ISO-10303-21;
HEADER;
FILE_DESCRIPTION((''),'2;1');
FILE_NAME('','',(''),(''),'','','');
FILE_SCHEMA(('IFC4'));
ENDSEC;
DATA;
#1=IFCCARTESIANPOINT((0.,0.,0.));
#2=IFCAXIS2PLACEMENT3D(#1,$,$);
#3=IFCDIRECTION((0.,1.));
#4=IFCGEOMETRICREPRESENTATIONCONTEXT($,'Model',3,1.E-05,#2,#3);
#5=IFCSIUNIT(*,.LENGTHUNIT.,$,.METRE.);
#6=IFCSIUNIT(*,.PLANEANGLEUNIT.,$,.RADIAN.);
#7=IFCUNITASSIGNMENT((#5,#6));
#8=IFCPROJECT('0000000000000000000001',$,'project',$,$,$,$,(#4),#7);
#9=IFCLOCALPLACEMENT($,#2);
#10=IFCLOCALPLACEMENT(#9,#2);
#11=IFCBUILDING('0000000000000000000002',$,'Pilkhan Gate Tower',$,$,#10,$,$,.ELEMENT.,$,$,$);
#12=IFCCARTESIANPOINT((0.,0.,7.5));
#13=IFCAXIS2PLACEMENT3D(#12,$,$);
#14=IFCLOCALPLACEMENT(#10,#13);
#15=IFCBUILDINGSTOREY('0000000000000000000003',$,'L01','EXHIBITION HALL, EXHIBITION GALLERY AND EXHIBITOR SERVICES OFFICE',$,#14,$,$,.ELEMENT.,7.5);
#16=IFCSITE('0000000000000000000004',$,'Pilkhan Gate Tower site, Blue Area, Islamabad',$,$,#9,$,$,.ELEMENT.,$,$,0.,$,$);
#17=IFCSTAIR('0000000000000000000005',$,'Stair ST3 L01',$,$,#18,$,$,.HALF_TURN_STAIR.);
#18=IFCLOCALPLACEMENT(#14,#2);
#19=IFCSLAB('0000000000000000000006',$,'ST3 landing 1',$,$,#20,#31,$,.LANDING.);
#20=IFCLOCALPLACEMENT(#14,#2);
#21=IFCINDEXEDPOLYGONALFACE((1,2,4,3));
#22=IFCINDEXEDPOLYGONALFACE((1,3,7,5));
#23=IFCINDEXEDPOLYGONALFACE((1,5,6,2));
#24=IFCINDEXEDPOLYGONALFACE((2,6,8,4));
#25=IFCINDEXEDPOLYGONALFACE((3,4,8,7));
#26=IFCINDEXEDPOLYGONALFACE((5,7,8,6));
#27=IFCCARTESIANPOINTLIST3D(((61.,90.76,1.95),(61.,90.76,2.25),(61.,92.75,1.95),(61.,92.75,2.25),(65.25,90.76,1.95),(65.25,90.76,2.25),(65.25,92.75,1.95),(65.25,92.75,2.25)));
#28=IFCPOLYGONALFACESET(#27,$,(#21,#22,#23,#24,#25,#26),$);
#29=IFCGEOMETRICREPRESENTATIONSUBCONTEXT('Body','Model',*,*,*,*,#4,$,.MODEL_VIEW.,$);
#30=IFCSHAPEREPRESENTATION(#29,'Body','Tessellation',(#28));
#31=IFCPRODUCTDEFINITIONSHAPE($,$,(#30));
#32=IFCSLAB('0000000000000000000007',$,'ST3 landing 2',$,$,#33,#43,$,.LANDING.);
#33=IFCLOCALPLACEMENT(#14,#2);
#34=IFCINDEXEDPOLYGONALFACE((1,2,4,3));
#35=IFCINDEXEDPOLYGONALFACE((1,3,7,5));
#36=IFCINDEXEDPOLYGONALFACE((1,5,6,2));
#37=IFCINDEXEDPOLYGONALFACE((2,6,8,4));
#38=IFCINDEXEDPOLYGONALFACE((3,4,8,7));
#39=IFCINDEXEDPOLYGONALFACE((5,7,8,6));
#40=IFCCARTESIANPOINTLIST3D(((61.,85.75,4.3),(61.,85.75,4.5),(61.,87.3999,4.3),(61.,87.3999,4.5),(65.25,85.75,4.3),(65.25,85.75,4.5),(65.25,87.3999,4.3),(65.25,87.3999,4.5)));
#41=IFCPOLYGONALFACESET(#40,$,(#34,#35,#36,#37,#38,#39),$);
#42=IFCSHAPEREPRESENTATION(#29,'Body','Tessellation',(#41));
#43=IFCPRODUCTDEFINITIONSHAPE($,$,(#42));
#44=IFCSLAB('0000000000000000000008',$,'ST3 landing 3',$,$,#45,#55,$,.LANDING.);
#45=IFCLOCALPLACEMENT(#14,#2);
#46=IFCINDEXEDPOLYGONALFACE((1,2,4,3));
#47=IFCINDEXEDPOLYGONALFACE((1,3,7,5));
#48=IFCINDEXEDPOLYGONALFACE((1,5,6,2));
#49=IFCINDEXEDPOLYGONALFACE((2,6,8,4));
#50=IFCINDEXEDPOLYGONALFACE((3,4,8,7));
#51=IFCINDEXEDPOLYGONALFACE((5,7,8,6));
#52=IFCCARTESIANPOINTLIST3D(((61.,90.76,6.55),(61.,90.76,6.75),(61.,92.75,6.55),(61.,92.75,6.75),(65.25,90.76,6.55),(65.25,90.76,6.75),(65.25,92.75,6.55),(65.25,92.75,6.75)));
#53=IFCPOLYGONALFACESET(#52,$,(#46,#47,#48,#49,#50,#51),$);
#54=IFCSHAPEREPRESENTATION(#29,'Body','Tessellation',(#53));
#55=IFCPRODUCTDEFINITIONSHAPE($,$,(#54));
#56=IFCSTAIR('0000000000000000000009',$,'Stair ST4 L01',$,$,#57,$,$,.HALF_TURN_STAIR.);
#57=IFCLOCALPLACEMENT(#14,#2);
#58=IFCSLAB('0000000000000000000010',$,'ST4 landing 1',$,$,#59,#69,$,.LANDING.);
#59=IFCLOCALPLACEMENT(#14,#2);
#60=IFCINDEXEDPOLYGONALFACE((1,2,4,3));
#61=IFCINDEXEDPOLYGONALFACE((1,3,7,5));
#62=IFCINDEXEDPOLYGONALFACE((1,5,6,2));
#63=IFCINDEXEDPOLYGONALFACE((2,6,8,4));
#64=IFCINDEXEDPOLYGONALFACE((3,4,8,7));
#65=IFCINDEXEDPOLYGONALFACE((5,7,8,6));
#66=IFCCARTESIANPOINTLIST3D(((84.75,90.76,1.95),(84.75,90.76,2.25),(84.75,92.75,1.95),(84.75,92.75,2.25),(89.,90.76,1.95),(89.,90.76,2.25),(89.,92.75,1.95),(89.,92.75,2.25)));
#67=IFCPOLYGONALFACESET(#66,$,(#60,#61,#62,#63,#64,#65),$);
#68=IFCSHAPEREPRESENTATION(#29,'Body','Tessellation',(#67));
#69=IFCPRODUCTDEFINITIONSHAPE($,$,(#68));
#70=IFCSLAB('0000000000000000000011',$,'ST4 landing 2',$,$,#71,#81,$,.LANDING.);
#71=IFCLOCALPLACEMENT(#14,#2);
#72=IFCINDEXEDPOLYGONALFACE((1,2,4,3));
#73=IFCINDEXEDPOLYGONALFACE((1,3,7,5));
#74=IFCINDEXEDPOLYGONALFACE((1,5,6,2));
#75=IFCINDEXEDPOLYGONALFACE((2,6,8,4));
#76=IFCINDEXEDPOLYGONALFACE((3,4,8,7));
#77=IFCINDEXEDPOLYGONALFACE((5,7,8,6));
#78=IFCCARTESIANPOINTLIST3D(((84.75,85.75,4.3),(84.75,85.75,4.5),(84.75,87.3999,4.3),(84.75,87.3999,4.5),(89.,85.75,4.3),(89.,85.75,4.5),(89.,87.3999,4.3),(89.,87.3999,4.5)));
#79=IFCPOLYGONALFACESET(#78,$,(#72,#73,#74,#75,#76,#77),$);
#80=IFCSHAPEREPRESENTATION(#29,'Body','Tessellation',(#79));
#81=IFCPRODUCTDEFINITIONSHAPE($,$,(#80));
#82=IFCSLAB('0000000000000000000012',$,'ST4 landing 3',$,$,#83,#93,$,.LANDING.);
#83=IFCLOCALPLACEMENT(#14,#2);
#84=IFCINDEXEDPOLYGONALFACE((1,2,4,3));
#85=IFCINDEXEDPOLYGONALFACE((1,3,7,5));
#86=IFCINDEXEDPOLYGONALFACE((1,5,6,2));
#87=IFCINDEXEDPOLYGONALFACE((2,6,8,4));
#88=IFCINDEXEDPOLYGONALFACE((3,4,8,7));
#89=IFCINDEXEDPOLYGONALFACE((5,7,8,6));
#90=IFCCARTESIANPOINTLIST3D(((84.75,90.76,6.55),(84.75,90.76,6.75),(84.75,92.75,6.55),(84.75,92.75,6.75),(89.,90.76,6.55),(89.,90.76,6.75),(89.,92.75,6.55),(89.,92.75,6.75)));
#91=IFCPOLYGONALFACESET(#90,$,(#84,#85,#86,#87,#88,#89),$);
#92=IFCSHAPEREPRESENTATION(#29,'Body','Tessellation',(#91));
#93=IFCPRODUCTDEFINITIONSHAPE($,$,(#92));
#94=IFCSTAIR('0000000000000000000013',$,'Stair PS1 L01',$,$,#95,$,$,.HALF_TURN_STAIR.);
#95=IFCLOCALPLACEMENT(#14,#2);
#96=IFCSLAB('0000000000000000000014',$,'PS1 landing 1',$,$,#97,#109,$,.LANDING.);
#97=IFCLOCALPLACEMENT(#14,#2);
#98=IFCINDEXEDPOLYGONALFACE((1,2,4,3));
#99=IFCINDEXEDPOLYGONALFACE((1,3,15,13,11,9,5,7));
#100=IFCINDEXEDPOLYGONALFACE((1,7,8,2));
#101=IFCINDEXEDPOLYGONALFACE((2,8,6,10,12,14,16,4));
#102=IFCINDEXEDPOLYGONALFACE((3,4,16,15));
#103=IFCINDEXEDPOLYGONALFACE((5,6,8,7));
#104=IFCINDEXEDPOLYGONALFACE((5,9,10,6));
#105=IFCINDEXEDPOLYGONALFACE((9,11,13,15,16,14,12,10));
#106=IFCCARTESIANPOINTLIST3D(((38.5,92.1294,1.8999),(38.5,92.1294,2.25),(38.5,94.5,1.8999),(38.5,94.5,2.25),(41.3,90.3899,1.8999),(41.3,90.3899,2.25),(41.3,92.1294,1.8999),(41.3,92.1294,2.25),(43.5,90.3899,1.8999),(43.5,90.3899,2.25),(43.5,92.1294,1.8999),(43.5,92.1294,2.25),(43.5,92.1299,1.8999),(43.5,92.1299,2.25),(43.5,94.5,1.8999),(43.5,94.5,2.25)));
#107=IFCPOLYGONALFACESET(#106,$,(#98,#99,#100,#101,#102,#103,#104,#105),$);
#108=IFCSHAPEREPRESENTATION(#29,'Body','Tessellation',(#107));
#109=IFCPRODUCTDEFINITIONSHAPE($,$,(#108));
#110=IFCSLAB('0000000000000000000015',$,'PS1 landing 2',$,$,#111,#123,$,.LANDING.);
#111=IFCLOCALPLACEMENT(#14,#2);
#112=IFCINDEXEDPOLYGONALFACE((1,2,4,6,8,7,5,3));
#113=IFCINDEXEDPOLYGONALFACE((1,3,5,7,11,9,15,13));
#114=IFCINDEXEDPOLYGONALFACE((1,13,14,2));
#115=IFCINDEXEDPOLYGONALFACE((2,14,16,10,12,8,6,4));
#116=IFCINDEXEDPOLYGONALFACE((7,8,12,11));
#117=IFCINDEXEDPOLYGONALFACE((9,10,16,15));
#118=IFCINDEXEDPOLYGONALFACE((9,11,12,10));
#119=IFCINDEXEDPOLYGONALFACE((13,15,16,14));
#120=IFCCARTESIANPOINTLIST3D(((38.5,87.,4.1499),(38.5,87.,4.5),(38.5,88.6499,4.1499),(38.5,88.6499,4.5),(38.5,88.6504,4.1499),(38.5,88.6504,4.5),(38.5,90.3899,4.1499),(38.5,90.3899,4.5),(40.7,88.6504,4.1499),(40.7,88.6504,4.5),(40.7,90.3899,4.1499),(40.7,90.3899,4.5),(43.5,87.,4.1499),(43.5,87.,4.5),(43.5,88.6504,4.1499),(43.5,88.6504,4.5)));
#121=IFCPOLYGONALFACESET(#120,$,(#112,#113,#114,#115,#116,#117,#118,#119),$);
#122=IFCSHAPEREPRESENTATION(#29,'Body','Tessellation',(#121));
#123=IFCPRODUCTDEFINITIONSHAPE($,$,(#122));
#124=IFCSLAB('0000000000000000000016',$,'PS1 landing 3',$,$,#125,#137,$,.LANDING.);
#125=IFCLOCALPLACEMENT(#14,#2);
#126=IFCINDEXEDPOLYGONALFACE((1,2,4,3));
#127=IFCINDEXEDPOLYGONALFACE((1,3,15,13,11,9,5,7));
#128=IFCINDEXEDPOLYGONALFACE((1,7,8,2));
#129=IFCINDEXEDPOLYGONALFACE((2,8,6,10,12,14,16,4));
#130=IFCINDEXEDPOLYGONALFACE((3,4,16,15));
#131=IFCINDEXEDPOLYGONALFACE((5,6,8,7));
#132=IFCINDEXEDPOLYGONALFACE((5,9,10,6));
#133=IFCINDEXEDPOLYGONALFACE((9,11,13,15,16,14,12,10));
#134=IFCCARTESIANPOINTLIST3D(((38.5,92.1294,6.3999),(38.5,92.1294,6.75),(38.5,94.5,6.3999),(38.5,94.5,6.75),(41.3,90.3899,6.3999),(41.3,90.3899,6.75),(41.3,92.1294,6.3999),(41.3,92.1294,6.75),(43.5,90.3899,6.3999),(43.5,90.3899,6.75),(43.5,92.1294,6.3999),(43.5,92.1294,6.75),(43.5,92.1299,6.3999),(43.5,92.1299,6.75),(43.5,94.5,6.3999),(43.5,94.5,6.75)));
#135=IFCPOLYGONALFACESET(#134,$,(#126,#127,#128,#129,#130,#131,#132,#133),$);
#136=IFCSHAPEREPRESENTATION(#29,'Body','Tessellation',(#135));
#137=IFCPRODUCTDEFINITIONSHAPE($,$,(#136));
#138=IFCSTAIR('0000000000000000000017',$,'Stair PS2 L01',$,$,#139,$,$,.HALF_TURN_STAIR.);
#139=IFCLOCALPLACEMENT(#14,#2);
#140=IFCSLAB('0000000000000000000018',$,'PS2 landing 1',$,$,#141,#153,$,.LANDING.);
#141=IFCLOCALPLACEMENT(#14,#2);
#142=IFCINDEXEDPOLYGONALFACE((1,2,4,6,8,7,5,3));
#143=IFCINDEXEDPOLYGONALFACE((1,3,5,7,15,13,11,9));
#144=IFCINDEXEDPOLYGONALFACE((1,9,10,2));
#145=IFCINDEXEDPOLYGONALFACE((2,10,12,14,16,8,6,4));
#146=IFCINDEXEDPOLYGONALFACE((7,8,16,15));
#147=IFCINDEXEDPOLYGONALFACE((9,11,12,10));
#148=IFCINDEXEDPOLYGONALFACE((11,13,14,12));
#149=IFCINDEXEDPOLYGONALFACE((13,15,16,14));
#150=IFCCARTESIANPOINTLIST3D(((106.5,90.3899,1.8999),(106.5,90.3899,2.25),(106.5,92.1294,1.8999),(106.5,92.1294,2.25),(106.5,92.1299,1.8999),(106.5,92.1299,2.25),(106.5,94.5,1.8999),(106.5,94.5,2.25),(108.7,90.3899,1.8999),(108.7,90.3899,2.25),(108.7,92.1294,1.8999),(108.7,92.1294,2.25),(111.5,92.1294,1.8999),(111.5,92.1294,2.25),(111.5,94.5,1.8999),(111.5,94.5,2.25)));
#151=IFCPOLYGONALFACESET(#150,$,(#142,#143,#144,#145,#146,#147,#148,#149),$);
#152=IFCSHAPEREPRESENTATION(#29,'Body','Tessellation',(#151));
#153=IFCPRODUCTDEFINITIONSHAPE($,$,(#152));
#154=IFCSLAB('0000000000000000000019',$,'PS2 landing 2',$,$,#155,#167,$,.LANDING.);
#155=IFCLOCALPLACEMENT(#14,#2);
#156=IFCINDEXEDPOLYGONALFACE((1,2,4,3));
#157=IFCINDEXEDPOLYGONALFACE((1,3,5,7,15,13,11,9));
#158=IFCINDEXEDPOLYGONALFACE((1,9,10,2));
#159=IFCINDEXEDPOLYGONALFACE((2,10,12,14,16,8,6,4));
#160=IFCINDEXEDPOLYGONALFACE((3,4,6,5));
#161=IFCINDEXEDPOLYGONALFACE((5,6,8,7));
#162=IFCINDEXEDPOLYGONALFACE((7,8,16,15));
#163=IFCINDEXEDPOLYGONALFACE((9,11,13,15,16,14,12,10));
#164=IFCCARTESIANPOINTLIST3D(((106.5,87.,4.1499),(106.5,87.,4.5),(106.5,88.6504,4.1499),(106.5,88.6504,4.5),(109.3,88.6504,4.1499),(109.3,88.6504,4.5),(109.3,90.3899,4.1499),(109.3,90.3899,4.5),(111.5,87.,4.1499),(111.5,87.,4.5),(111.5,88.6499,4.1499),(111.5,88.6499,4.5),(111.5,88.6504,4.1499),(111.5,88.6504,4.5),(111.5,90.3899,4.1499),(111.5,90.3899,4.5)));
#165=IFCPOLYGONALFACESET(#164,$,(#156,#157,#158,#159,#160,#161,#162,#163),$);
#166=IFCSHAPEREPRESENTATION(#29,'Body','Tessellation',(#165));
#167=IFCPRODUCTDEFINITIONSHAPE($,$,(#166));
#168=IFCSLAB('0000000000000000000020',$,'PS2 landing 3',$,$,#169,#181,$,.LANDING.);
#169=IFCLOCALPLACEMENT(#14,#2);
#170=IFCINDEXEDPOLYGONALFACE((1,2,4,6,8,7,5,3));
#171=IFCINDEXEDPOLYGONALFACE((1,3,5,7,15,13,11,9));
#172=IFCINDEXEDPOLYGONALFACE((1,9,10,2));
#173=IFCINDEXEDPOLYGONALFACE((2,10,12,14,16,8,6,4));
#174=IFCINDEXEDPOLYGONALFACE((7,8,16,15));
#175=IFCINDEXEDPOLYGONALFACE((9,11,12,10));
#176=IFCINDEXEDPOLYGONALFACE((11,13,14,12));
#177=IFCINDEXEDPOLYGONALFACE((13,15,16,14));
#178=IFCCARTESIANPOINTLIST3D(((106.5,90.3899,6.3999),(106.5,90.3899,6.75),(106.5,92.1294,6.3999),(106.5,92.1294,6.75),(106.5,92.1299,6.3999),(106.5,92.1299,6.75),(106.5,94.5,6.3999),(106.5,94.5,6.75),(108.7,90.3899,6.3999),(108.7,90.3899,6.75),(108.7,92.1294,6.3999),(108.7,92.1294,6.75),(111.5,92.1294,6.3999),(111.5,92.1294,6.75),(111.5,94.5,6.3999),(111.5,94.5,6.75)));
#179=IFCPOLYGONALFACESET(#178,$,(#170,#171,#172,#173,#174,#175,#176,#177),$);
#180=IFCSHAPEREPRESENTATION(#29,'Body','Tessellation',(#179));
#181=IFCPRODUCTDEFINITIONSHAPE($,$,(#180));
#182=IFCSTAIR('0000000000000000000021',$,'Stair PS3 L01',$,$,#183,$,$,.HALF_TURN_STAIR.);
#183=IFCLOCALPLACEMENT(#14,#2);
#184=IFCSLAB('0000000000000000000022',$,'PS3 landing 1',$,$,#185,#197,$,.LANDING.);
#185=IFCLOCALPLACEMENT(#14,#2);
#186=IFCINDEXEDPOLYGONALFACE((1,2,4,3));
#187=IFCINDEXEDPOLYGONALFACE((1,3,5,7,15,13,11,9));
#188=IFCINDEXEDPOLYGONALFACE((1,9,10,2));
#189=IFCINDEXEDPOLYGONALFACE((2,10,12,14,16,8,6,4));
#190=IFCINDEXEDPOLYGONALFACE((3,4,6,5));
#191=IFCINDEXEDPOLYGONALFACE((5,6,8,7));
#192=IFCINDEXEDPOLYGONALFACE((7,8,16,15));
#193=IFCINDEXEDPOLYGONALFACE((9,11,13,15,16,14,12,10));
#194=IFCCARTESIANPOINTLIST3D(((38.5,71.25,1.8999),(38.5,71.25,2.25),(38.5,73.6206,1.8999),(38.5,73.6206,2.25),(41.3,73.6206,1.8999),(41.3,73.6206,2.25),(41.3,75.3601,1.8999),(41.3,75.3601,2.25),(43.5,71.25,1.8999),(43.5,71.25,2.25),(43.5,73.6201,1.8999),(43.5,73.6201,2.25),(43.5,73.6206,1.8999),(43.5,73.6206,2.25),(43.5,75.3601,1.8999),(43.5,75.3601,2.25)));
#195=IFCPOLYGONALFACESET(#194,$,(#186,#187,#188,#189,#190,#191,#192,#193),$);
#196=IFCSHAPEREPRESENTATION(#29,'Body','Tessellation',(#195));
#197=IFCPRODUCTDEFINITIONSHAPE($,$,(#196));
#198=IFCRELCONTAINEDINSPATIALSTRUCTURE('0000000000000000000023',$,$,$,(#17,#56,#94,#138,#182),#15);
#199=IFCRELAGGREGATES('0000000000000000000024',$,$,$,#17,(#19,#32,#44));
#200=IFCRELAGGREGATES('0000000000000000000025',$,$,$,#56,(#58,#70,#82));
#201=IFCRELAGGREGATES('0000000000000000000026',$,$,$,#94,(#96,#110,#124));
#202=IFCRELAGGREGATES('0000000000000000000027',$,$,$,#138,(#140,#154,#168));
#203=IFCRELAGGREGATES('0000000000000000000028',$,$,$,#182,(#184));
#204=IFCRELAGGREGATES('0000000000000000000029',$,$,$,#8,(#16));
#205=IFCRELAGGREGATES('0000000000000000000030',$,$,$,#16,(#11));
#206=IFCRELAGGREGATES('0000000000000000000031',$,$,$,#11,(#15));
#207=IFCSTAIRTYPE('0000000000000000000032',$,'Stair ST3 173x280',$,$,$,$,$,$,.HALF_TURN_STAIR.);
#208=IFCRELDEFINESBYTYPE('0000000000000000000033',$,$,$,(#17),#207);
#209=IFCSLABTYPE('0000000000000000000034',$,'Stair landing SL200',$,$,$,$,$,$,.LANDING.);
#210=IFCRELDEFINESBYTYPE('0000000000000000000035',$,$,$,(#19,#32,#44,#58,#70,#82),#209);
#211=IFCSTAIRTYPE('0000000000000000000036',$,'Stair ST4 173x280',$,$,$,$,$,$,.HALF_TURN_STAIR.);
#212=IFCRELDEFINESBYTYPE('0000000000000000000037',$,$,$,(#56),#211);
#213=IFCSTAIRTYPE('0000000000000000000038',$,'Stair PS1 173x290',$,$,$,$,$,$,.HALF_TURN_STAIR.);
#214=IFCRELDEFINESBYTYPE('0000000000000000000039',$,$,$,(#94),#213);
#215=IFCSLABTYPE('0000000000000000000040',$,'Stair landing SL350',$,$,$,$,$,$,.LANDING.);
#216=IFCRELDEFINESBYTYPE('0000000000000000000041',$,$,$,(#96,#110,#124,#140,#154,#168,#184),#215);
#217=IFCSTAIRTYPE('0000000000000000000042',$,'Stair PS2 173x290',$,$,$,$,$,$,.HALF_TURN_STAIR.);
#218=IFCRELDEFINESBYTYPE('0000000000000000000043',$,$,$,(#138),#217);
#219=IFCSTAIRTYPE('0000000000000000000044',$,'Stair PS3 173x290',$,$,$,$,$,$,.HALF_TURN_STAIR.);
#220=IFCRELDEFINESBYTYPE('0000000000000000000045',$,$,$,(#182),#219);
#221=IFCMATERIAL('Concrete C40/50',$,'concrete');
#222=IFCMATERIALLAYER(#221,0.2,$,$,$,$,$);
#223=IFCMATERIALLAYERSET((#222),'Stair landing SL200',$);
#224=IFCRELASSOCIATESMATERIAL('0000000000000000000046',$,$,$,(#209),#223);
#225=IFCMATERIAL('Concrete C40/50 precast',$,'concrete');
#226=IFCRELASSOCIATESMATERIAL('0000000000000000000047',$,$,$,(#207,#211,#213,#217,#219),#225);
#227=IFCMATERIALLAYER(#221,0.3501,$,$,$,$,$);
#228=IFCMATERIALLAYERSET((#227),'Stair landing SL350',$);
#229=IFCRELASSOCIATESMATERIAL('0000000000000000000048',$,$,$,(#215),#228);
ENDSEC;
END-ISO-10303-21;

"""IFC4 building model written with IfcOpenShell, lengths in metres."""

from ifc_helpers import new_model, si_unit, direction, frame, origin, place, context, subcontext, project, spatial, polyline, outline, extrude, material, layer, layer_set, type_object, element, aggregate, save


model = new_model("IFC4")

# Units and contexts
model_context = context("Model", 3, precision=1e-05, world=origin(), true_north=direction((0.0, 1.0)))
body_context = subcontext(model_context, "Body", "Model", "MODEL_VIEW")
ifc_project = project(units=[si_unit("LENGTHUNIT", "METRE"), si_unit("PLANEANGLEUNIT", "RADIAN")], contexts=[model_context])

# Site, building, storey
site_placement = place(None, origin())
site = spatial("IfcSite", under=ifc_project, at=site_placement, Name="Pilkhan Gate Tower site, Blue Area, Islamabad", CompositionType="ELEMENT", RefElevation=0.0)
building_placement = place(site_placement, origin())
building = spatial("IfcBuilding", under=site, at=building_placement, Name="Pilkhan Gate Tower", CompositionType="ELEMENT")
storey_placement = place(building_placement, frame((0.0, 0.0, 7.5)))
storey = spatial("IfcBuildingStorey", under=building, at=storey_placement, Name="L01", Description="EXHIBITION HALL, EXHIBITION GALLERY AND EXHIBITOR SERVICES OFFICE", CompositionType="ELEMENT", Elevation=7.5)

# Shared definitions
ifc_material_1 = material(Name="Concrete C40/50", Category="concrete")

# Stairs, slabs
ifc_material_2 = material(Name="Concrete C40/50 precast", Category="concrete")
ifc_layer_1 = layer(ifc_material_1, 0.2)
ifc_layer_set_1 = layer_set([ifc_layer_1], Name="Stair landing SL200")
slab_type_1 = type_object("IfcSlabType", Name="Stair landing SL200", PredefinedType="LANDING", material=ifc_layer_set_1)
stair_type_1 = type_object("IfcStairType", Name="Stair ST3 173x280", PredefinedType="HALF_TURN_STAIR", material=ifc_material_2)
stair_1_placement = place(storey_placement, origin())
stair_1 = element("IfcStair", 1, at=stair_1_placement, inside=storey, type_object=stair_type_1, Name="Stair ST3 L01", PredefinedType="HALF_TURN_STAIR")
slab_1_placement = place(storey_placement, frame((0.0, 0.0, 1.95)))
slab_1 = element("IfcSlab", 2, at=slab_1_placement, type_object=slab_type_1, Name="ST3 landing 1", PredefinedType="LANDING", context=body_context, shape_type="SweptSolid", body=[
    extrude(outline(polyline([(65.25, 90.76), (65.25, 92.75), (61.0, 92.75), (61.0, 90.76), (65.25, 90.76)])), origin(), (0.0, 0.0, 1.0), 0.3),
])
slab_2_placement = place(storey_placement, frame((0.0, 0.0, 4.3)))
slab_2 = element("IfcSlab", 3, at=slab_2_placement, type_object=slab_type_1, Name="ST3 landing 2", PredefinedType="LANDING", context=body_context, shape_type="SweptSolid", body=[
    extrude(outline(polyline([(65.25, 85.75), (65.25, 87.3999), (61.0, 87.3999), (61.0, 85.75), (65.25, 85.75)])), origin(), (0.0, 0.0, 1.0), 0.2),
])
slab_3_placement = place(storey_placement, frame((0.0, 0.0, 6.55)))
slab_3 = element("IfcSlab", 4, at=slab_3_placement, type_object=slab_type_1, Name="ST3 landing 3", PredefinedType="LANDING", context=body_context, shape_type="SweptSolid", body=[
    extrude(outline(polyline([(65.25, 90.76), (65.25, 92.75), (61.0, 92.75), (61.0, 90.76), (65.25, 90.76)])), origin(), (0.0, 0.0, 1.0), 0.2),
])
aggregate(stair_1, [slab_1, slab_2, slab_3])
stair_type_2 = type_object("IfcStairType", Name="Stair ST4 173x280", PredefinedType="HALF_TURN_STAIR", material=ifc_material_2)
stair_2_placement = place(storey_placement, origin())
stair_2 = element("IfcStair", 5, at=stair_2_placement, inside=storey, type_object=stair_type_2, Name="Stair ST4 L01", PredefinedType="HALF_TURN_STAIR")
slab_4_placement = place(storey_placement, frame((0.0, 0.0, 1.95)))
slab_4 = element("IfcSlab", 6, at=slab_4_placement, type_object=slab_type_1, Name="ST4 landing 1", PredefinedType="LANDING", context=body_context, shape_type="SweptSolid", body=[
    extrude(outline(polyline([(89.0, 90.76), (89.0, 92.75), (84.75, 92.75), (84.75, 90.76), (89.0, 90.76)])), origin(), (0.0, 0.0, 1.0), 0.3),
])
slab_5_placement = place(storey_placement, frame((0.0, 0.0, 4.3)))
slab_5 = element("IfcSlab", 7, at=slab_5_placement, type_object=slab_type_1, Name="ST4 landing 2", PredefinedType="LANDING", context=body_context, shape_type="SweptSolid", body=[
    extrude(outline(polyline([(89.0, 85.75), (89.0, 87.3999), (84.75, 87.3999), (84.75, 85.75), (89.0, 85.75)])), origin(), (0.0, 0.0, 1.0), 0.2),
])
slab_6_placement = place(storey_placement, frame((0.0, 0.0, 6.55)))
slab_6 = element("IfcSlab", 8, at=slab_6_placement, type_object=slab_type_1, Name="ST4 landing 3", PredefinedType="LANDING", context=body_context, shape_type="SweptSolid", body=[
    extrude(outline(polyline([(89.0, 90.76), (89.0, 92.75), (84.75, 92.75), (84.75, 90.76), (89.0, 90.76)])), origin(), (0.0, 0.0, 1.0), 0.2),
])
aggregate(stair_2, [slab_4, slab_5, slab_6])
stair_type_3 = type_object("IfcStairType", Name="Stair PS1 173x290", PredefinedType="HALF_TURN_STAIR", material=ifc_material_2)
stair_3_placement = place(storey_placement, origin())
stair_3 = element("IfcStair", 9, at=stair_3_placement, inside=storey, type_object=stair_type_3, Name="Stair PS1 L01", PredefinedType="HALF_TURN_STAIR")
ifc_layer_2 = layer(ifc_material_1, 0.3501)
ifc_layer_set_2 = layer_set([ifc_layer_2], Name="Stair landing SL350")
slab_type_2 = type_object("IfcSlabType", Name="Stair landing SL350", PredefinedType="LANDING", material=ifc_layer_set_2)
slab_7_placement = place(storey_placement, frame((0.0, 0.0, 1.8999)))
slab_7 = element("IfcSlab", 10, at=slab_7_placement, type_object=slab_type_2, Name="PS1 landing 1", PredefinedType="LANDING", context=body_context, shape_type="SweptSolid", body=[
    extrude(outline(polyline([(43.5, 90.3899), (41.3, 90.3899), (41.3, 92.1294), (38.5, 92.1294), (38.5, 94.5), (43.5, 94.5), (43.5, 92.1299), (43.5, 92.1294), (43.5, 90.3899)])), origin(), (0.0, 0.0, 1.0), 0.3501),
])
slab_8_placement = place(storey_placement, frame((0.0, 0.0, 4.1499)))
slab_8 = element("IfcSlab", 11, at=slab_8_placement, type_object=slab_type_2, Name="PS1 landing 2", PredefinedType="LANDING", context=body_context, shape_type="SweptSolid", body=[
    extrude(outline(polyline([(43.5, 88.6504), (43.5, 87.0), (38.5, 87.0), (38.5, 88.6499), (38.5, 88.6504), (38.5, 90.3899), (40.7, 90.3899), (40.7, 88.6504), (43.5, 88.6504)])), origin(), (0.0, 0.0, 1.0), 0.3501),
])
slab_9_placement = place(storey_placement, frame((0.0, 0.0, 6.3999)))
slab_9 = element("IfcSlab", 12, at=slab_9_placement, type_object=slab_type_2, Name="PS1 landing 3", PredefinedType="LANDING", context=body_context, shape_type="SweptSolid", body=[
    extrude(outline(polyline([(43.5, 90.3899), (41.3, 90.3899), (41.3, 92.1294), (38.5, 92.1294), (38.5, 94.5), (43.5, 94.5), (43.5, 92.1299), (43.5, 92.1294), (43.5, 90.3899)])), origin(), (0.0, 0.0, 1.0), 0.3501),
])
aggregate(stair_3, [slab_7, slab_8, slab_9])
stair_type_4 = type_object("IfcStairType", Name="Stair PS2 173x290", PredefinedType="HALF_TURN_STAIR", material=ifc_material_2)
stair_4_placement = place(storey_placement, origin())
stair_4 = element("IfcStair", 13, at=stair_4_placement, inside=storey, type_object=stair_type_4, Name="Stair PS2 L01", PredefinedType="HALF_TURN_STAIR")
slab_10_placement = place(storey_placement, frame((0.0, 0.0, 1.8999)))
slab_10 = element("IfcSlab", 14, at=slab_10_placement, type_object=slab_type_2, Name="PS2 landing 1", PredefinedType="LANDING", context=body_context, shape_type="SweptSolid", body=[
    extrude(outline(polyline([(106.5, 90.3899), (108.7, 90.3899), (108.7, 92.1294), (111.5, 92.1294), (111.5, 94.5), (106.5, 94.5), (106.5, 92.1299), (106.5, 92.1294), (106.5, 90.3899)])), origin(), (0.0, 0.0, 1.0), 0.3501),
])
slab_11_placement = place(storey_placement, frame((0.0, 0.0, 4.1499)))
slab_11 = element("IfcSlab", 15, at=slab_11_placement, type_object=slab_type_2, Name="PS2 landing 2", PredefinedType="LANDING", context=body_context, shape_type="SweptSolid", body=[
    extrude(outline(polyline([(106.5, 88.6504), (106.5, 87.0), (111.5, 87.0), (111.5, 88.6499), (111.5, 88.6504), (111.5, 90.3899), (109.3, 90.3899), (109.3, 88.6504), (106.5, 88.6504)])), origin(), (0.0, 0.0, 1.0), 0.3501),
])
slab_12_placement = place(storey_placement, frame((0.0, 0.0, 6.3999)))
slab_12 = element("IfcSlab", 16, at=slab_12_placement, type_object=slab_type_2, Name="PS2 landing 3", PredefinedType="LANDING", context=body_context, shape_type="SweptSolid", body=[
    extrude(outline(polyline([(106.5, 90.3899), (108.7, 90.3899), (108.7, 92.1294), (111.5, 92.1294), (111.5, 94.5), (106.5, 94.5), (106.5, 92.1299), (106.5, 92.1294), (106.5, 90.3899)])), origin(), (0.0, 0.0, 1.0), 0.3501),
])
aggregate(stair_4, [slab_10, slab_11, slab_12])
stair_type_5 = type_object("IfcStairType", Name="Stair PS3 173x290", PredefinedType="HALF_TURN_STAIR", material=ifc_material_2)
stair_5_placement = place(storey_placement, origin())
stair_5 = element("IfcStair", 17, at=stair_5_placement, inside=storey, type_object=stair_type_5, Name="Stair PS3 L01", PredefinedType="HALF_TURN_STAIR")
slab_13_placement = place(storey_placement, frame((0.0, 0.0, 1.8999)))
slab_13 = element("IfcSlab", 18, at=slab_13_placement, type_object=slab_type_2, Name="PS3 landing 1", PredefinedType="LANDING", context=body_context, shape_type="SweptSolid", body=[
    extrude(outline(polyline([(43.5, 75.3601), (41.3, 75.3601), (41.3, 73.6206), (38.5, 73.6206), (38.5, 71.25), (43.5, 71.25), (43.5, 73.6201), (43.5, 73.6206), (43.5, 75.3601)])), origin(), (0.0, 0.0, 1.0), 0.3501),
])
aggregate(stair_5, [slab_13])

save(model, "model.ifc")
